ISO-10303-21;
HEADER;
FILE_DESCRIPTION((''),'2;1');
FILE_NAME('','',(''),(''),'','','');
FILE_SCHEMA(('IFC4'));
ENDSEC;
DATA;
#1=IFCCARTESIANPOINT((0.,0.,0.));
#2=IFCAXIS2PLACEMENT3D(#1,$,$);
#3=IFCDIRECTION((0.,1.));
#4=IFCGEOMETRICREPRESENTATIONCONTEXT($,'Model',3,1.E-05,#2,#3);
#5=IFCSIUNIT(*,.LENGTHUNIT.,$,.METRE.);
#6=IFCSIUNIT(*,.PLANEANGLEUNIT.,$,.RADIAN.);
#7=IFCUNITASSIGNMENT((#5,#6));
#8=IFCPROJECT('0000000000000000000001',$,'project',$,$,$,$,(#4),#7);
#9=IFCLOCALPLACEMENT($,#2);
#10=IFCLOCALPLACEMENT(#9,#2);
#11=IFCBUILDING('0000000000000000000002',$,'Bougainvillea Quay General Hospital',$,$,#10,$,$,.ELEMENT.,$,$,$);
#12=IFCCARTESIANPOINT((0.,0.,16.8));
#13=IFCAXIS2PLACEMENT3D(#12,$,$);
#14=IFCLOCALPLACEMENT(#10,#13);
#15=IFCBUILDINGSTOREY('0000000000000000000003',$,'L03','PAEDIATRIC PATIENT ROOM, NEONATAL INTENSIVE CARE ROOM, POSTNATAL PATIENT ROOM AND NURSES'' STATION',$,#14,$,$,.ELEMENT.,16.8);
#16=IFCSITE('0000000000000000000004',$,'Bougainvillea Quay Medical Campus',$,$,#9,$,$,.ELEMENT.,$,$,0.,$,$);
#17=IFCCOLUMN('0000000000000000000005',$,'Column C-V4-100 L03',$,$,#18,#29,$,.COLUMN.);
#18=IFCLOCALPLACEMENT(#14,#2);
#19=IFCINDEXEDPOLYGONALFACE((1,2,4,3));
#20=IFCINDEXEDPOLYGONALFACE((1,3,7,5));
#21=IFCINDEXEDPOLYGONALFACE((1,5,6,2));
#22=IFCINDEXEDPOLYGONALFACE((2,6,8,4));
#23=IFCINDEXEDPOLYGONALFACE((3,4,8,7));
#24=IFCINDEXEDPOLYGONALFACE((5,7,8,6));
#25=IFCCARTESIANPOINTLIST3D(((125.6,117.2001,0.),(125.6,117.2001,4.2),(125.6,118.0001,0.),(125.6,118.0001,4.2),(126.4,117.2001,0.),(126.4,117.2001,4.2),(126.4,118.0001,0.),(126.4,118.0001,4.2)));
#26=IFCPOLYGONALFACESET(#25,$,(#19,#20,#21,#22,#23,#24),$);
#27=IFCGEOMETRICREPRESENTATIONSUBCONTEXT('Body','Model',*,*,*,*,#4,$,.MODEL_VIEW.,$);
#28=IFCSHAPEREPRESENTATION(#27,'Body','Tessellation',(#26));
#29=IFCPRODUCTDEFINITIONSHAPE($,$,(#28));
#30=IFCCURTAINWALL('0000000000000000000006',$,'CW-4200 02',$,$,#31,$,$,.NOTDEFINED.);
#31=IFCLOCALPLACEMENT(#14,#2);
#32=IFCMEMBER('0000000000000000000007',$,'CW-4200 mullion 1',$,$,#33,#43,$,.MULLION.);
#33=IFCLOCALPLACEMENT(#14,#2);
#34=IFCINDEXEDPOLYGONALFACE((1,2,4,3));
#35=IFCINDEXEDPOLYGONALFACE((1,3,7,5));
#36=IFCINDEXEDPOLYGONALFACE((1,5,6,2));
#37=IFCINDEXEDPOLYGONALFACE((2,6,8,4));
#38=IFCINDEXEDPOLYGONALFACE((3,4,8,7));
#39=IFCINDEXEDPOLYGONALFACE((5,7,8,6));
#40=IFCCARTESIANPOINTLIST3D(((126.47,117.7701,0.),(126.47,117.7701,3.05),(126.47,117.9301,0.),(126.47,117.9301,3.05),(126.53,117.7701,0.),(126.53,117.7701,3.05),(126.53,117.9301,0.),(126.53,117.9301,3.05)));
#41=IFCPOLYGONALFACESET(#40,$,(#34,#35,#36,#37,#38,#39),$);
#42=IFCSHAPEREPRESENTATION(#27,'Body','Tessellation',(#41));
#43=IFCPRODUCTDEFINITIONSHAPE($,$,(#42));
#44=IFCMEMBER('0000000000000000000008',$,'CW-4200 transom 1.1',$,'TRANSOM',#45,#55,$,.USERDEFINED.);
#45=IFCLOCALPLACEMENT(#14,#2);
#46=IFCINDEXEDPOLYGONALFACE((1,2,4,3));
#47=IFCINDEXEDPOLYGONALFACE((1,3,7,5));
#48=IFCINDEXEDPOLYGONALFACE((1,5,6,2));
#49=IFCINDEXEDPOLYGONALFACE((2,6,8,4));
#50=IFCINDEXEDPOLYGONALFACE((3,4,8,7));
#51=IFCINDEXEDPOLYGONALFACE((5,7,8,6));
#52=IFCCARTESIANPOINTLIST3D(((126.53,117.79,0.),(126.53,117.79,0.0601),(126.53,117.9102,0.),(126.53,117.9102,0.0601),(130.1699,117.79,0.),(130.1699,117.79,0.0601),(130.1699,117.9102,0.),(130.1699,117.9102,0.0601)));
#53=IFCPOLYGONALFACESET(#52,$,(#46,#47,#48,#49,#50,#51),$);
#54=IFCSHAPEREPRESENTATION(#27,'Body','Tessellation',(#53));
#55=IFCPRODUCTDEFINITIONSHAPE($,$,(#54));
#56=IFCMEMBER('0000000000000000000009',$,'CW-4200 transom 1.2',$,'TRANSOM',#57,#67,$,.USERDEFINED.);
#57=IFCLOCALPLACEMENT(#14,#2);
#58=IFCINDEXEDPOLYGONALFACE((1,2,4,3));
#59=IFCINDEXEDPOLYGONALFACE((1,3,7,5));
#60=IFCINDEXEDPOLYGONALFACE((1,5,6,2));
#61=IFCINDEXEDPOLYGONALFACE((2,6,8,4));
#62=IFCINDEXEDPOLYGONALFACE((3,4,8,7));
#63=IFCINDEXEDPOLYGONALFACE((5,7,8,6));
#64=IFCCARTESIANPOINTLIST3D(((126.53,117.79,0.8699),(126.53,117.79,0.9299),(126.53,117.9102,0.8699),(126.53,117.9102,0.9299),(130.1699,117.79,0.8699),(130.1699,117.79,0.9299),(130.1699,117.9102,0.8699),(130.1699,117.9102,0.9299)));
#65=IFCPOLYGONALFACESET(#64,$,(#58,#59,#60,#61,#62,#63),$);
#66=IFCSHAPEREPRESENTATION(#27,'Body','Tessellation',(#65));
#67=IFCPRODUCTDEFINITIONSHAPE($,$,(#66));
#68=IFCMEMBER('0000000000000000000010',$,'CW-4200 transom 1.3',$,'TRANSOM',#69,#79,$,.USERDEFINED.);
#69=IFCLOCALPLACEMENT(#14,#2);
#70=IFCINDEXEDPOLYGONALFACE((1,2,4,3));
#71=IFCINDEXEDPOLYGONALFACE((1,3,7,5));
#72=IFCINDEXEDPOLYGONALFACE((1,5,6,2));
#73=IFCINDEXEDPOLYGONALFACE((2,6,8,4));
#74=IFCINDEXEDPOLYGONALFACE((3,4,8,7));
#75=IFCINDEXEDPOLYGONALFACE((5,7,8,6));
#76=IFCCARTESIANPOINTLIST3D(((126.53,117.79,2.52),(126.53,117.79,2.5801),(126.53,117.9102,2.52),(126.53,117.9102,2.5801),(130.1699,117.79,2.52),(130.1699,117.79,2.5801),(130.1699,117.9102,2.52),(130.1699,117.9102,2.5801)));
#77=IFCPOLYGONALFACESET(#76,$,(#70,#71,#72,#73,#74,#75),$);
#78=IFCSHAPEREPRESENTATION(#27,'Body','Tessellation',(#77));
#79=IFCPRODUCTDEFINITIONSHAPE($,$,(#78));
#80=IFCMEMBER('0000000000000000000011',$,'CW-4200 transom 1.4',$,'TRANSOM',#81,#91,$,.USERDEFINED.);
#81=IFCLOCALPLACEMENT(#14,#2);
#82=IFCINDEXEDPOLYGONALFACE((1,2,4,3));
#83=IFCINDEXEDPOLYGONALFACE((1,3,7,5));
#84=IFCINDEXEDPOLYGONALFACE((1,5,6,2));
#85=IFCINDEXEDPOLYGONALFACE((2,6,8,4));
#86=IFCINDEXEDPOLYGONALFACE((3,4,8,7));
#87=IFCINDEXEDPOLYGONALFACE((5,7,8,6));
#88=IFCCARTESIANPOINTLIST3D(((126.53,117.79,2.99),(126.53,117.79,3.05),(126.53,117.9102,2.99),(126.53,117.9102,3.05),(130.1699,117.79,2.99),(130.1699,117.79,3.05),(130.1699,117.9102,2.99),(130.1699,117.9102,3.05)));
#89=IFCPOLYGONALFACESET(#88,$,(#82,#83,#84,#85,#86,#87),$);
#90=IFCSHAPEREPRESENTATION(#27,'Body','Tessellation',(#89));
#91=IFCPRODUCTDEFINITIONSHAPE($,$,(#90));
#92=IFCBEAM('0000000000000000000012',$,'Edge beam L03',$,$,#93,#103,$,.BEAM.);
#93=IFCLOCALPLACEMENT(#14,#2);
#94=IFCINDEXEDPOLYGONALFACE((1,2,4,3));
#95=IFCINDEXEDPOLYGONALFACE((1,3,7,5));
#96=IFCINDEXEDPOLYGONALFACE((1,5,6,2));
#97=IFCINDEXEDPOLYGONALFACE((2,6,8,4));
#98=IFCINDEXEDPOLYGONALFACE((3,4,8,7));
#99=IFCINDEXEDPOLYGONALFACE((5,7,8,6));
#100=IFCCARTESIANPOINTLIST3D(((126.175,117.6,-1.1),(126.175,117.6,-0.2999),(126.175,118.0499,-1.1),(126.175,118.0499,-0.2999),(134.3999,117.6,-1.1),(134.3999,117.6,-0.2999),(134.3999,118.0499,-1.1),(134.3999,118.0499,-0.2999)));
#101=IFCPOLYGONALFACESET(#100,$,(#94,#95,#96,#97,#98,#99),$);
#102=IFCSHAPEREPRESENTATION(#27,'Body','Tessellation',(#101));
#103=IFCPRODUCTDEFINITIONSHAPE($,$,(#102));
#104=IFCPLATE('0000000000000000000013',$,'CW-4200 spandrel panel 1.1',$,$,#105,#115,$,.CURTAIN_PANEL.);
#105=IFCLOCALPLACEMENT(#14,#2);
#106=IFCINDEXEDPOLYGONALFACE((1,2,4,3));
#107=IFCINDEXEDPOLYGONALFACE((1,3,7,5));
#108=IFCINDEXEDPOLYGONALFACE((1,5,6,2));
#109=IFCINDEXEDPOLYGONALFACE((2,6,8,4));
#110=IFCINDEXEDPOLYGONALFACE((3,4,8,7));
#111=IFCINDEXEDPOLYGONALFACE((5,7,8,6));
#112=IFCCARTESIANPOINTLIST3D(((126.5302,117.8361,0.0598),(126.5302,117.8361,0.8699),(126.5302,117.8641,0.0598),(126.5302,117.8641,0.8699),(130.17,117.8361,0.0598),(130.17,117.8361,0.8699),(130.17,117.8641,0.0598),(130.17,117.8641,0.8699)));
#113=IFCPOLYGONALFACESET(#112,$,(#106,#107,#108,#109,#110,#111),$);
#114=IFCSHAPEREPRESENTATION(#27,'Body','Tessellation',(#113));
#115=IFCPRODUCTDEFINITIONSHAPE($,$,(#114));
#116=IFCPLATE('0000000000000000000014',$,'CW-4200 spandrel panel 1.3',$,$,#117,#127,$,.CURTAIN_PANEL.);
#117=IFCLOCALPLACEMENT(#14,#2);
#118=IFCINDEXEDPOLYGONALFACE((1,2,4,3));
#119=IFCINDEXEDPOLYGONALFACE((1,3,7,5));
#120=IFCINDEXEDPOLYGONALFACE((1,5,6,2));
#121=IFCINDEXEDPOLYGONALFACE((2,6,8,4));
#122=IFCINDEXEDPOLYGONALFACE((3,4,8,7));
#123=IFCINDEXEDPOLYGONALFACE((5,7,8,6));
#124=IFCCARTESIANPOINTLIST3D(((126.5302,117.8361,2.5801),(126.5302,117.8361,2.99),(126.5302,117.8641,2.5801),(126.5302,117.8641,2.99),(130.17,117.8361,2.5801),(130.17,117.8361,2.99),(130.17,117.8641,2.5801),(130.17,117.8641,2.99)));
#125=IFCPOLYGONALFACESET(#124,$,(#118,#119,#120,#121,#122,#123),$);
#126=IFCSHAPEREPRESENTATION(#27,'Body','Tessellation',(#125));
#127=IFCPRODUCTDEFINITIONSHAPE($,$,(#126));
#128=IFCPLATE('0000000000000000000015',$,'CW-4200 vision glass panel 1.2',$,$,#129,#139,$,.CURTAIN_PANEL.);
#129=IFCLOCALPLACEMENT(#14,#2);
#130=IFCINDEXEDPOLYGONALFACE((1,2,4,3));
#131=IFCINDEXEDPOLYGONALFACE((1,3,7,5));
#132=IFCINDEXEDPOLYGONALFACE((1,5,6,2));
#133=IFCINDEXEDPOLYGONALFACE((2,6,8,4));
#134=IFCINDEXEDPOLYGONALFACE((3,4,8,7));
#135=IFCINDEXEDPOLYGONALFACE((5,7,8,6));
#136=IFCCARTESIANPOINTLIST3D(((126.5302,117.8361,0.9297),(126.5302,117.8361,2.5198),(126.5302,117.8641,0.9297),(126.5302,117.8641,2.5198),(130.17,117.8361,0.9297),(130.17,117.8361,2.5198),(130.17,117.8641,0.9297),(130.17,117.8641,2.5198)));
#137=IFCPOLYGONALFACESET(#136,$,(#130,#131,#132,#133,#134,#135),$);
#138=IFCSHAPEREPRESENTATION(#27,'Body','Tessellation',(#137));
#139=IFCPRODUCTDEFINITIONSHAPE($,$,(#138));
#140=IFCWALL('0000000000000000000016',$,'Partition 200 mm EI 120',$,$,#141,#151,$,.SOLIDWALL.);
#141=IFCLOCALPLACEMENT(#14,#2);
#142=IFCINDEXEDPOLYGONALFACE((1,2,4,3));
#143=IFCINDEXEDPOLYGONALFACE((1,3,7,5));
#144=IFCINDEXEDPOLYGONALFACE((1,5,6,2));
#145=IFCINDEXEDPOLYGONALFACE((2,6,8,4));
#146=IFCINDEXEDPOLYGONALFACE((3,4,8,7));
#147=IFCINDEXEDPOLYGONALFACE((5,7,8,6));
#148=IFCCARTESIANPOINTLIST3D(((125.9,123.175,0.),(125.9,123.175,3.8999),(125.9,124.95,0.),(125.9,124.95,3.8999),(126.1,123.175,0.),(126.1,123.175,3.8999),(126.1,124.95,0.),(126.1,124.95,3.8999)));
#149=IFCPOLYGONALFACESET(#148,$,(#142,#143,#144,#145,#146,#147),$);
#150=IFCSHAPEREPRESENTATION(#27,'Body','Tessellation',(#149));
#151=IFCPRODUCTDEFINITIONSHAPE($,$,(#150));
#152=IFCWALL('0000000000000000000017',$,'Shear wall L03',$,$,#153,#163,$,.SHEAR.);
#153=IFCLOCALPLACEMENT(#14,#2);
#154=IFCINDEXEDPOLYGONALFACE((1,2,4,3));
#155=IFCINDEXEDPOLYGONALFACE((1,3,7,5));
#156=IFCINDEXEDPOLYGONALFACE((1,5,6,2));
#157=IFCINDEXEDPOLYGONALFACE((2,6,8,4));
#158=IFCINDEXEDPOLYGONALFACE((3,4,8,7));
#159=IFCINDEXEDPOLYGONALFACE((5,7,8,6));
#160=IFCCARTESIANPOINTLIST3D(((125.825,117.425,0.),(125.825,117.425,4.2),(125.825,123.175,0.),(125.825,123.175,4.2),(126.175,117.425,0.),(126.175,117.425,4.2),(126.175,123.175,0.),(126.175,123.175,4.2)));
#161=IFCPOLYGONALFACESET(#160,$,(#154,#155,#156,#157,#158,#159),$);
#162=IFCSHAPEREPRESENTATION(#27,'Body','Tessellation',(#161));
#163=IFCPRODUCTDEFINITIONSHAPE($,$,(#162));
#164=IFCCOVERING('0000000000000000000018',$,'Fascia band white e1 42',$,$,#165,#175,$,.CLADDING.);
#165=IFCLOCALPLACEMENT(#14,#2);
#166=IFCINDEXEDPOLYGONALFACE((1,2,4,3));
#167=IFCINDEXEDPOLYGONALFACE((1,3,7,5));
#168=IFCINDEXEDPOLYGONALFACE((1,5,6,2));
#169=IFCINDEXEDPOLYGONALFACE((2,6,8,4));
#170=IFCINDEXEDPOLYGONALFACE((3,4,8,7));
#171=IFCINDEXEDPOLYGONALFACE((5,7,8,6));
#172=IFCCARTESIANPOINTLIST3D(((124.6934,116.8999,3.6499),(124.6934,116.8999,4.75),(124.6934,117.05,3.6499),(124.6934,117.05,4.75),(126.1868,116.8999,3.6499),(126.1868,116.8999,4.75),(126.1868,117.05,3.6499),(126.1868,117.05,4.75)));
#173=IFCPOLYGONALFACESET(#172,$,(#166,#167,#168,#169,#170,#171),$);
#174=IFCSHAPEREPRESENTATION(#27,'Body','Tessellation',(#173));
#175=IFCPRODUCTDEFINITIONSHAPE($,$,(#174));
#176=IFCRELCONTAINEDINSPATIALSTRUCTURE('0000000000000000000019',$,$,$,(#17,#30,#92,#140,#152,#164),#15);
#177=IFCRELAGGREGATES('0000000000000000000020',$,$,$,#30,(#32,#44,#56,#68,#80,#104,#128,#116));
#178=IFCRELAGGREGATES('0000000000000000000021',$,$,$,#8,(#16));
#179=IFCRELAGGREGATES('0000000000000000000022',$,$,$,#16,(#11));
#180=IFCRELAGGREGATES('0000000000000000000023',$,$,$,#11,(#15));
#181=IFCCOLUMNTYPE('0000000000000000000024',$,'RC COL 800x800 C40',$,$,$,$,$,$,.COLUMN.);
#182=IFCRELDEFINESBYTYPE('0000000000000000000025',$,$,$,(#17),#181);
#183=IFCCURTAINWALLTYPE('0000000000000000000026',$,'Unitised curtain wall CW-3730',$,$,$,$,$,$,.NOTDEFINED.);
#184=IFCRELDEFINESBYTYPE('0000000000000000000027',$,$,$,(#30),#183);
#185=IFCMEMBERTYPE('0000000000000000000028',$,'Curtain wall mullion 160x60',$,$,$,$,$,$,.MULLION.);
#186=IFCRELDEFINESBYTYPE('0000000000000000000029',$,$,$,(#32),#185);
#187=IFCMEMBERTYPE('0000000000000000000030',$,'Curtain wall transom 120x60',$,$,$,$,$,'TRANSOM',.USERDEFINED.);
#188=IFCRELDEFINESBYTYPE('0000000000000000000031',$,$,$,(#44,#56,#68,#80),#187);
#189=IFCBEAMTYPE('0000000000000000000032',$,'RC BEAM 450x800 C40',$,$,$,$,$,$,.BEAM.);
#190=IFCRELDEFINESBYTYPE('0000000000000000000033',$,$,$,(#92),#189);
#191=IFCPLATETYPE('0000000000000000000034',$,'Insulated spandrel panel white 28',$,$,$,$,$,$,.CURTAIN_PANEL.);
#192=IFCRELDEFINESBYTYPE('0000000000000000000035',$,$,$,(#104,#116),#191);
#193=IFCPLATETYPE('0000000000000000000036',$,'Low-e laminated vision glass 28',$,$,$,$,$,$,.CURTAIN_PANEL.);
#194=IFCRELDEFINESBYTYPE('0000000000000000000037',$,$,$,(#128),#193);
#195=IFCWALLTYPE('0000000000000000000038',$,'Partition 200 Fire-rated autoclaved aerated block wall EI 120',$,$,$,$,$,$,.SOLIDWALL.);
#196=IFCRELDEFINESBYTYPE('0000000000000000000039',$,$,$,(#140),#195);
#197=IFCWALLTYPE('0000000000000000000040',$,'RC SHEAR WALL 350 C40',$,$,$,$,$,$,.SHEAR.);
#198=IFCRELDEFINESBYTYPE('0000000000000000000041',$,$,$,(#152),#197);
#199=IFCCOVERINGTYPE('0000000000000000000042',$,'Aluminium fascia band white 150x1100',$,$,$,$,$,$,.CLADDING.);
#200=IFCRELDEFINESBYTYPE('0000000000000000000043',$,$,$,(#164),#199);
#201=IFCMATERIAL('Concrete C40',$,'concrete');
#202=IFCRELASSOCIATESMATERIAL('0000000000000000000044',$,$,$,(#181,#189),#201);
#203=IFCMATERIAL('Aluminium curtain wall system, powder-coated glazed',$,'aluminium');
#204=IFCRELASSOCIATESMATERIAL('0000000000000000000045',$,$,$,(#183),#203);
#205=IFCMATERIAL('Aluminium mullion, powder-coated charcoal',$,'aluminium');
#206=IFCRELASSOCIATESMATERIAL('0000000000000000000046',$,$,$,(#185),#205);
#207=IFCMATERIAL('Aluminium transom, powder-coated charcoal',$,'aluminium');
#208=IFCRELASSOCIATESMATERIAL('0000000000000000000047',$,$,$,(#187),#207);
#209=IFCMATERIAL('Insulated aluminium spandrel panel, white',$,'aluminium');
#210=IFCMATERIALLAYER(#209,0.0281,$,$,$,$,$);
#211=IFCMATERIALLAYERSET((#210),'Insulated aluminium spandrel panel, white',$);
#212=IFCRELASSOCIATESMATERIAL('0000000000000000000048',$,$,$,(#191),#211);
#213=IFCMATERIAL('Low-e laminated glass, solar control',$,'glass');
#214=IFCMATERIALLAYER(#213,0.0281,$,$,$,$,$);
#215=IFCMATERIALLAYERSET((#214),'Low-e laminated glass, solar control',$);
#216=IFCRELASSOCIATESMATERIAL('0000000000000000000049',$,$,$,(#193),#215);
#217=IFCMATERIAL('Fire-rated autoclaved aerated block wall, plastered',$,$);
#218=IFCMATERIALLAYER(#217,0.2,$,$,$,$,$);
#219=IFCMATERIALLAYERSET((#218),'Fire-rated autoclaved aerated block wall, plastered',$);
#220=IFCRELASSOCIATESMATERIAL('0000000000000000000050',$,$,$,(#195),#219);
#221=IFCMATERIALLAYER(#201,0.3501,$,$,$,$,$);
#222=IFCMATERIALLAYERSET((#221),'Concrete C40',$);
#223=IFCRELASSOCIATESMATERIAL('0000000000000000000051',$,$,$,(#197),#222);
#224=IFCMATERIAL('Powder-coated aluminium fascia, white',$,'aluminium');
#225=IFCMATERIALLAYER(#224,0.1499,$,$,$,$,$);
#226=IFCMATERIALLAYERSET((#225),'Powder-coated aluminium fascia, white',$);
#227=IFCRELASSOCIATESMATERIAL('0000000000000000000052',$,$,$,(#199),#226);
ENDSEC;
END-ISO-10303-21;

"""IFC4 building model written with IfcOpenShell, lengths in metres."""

from ifc_helpers import new_model, si_unit, direction, frame, frame_2d, origin, origin_2d, place, context, subcontext, project, spatial, polyline, rectangle, outline, extrude, material, layer, layer_set, material_profile, profile_set, type_object, element, aggregate, save


model = new_model("IFC4")

# Units and contexts
model_context = context("Model", 3, precision=1e-05, world=origin(), true_north=direction((0.0, 1.0)))
body_context = subcontext(model_context, "Body", "Model", "MODEL_VIEW")
ifc_project = project(units=[si_unit("LENGTHUNIT", "METRE"), si_unit("PLANEANGLEUNIT", "RADIAN")], contexts=[model_context])

# Site, building, storey
site_placement = place(None, origin())
site = spatial("IfcSite", under=ifc_project, at=site_placement, Name="Bougainvillea Quay Medical Campus", CompositionType="ELEMENT", RefElevation=0.0)
building_placement = place(site_placement, origin())
building = spatial("IfcBuilding", under=site, at=building_placement, Name="Bougainvillea Quay General Hospital", CompositionType="ELEMENT")
storey_placement = place(building_placement, frame((0.0, 0.0, 16.8)))
storey = spatial("IfcBuildingStorey", under=building, at=storey_placement, Name="L03", Description="PAEDIATRIC PATIENT ROOM, NEONATAL INTENSIVE CARE ROOM, POSTNATAL PATIENT ROOM AND NURSES' STATION", CompositionType="ELEMENT", Elevation=16.8)

# Column
ifc_material_1 = material(Name="Concrete C40", Category="concrete")
ifc_material_profile_1 = material_profile(ifc_material_1, rectangle(XDim=0.8, YDim=0.8, at=origin_2d()))
ifc_profile_set_1 = profile_set([ifc_material_profile_1], Name="Concrete C40")
column_type = type_object("IfcColumnType", Name="RC COL 800x800 C40", PredefinedType="COLUMN", material=ifc_profile_set_1)
column_placement = place(storey_placement, frame((126.0, 117.6001, 0.0), z_axis=(0.0, 0.0, 1.0), x_axis=(1.0, 0.0, 0.0)))
element("IfcColumn", 1, at=column_placement, inside=storey, type_object=column_type, Name="Column C-V4-100 L03", PredefinedType="COLUMN", context=body_context, shape_type="SweptSolid", body=[
    extrude(rectangle(XDim=0.8, YDim=0.8, at=origin_2d()), origin(), (0.0, 0.0, 1.0), 4.2),
])

# Curtain wall, members
ifc_material_2 = material(Name="Aluminium curtain wall system, powder-coated glazed", Category="aluminium")
curtain_wall_type = type_object("IfcCurtainWallType", Name="Unitised curtain wall CW-3730", PredefinedType="NOTDEFINED", material=ifc_material_2)
curtain_wall_placement = place(storey_placement, origin())
curtain_wall = element("IfcCurtainWall", 2, at=curtain_wall_placement, inside=storey, type_object=curtain_wall_type, Name="CW-4200 02", PredefinedType="NOTDEFINED")
ifc_material_3 = material(Name="Aluminium mullion, powder-coated charcoal", Category="aluminium")
ifc_material_profile_2 = material_profile(ifc_material_3, rectangle(XDim=0.1599, YDim=0.0601, at=origin_2d()))
ifc_profile_set_2 = profile_set([ifc_material_profile_2], Name="Aluminium mullion, powder-coated charcoal")
member_type_1 = type_object("IfcMemberType", Name="Curtain wall mullion 160x60", PredefinedType="MULLION", material=ifc_profile_set_2)
member_1_placement = place(storey_placement, frame((126.5, 117.8501, 0.0), z_axis=(0.0, 0.0, 1.0), x_axis=(0.0, 1.0, 0.0)))
member_1 = element("IfcMember", 3, at=member_1_placement, type_object=member_type_1, Name="CW-4200 mullion 1", PredefinedType="MULLION", context=body_context, shape_type="SweptSolid", body=[
    extrude(rectangle(XDim=0.1599, YDim=0.0601, at=origin_2d()), origin(), (0.0, 0.0, 1.0), 3.05),
])
ifc_material_4 = material(Name="Aluminium transom, powder-coated charcoal", Category="aluminium")
ifc_material_profile_3 = material_profile(ifc_material_4, rectangle(XDim=0.1201, YDim=0.0601, at=origin_2d()))
ifc_profile_set_3 = profile_set([ifc_material_profile_3], Name="Aluminium transom, powder-coated charcoal")
member_type_2 = type_object("IfcMemberType", Name="Curtain wall transom 120x60", ElementType="TRANSOM", PredefinedType="USERDEFINED", material=ifc_profile_set_3)
member_2_placement = place(storey_placement, frame((126.53, 117.8501, 0.03), z_axis=(1.0, 0.0, 0.0), x_axis=(0.0, 1.0, 0.0)))
member_2 = element("IfcMember", 4, at=member_2_placement, type_object=member_type_2, Name="CW-4200 transom 1.1", ObjectType="TRANSOM", PredefinedType="USERDEFINED", context=body_context, shape_type="SweptSolid", body=[
    extrude(rectangle(XDim=0.1201, YDim=0.0601, at=origin_2d()), origin(), (0.0, 0.0, 1.0), 3.6399),
])
member_3_placement = place(storey_placement, frame((126.53, 117.8501, 0.8999), z_axis=(1.0, 0.0, 0.0), x_axis=(0.0, 1.0, 0.0)))
member_3 = element("IfcMember", 5, at=member_3_placement, type_object=member_type_2, Name="CW-4200 transom 1.2", ObjectType="TRANSOM", PredefinedType="USERDEFINED", context=body_context, shape_type="SweptSolid", body=[
    extrude(rectangle(XDim=0.1201, YDim=0.0601, at=origin_2d()), origin(), (0.0, 0.0, 1.0), 3.6399),
])
member_4_placement = place(storey_placement, frame((126.53, 117.8501, 2.55), z_axis=(1.0, 0.0, 0.0), x_axis=(0.0, 1.0, 0.0)))
member_4 = element("IfcMember", 6, at=member_4_placement, type_object=member_type_2, Name="CW-4200 transom 1.3", ObjectType="TRANSOM", PredefinedType="USERDEFINED", context=body_context, shape_type="SweptSolid", body=[
    extrude(rectangle(XDim=0.1201, YDim=0.0601, at=origin_2d()), origin(), (0.0, 0.0, 1.0), 3.6399),
])
member_5_placement = place(storey_placement, frame((126.53, 117.8501, 3.02), z_axis=(1.0, 0.0, 0.0), x_axis=(0.0, 1.0, 0.0)))
member_5 = element("IfcMember", 7, at=member_5_placement, type_object=member_type_2, Name="CW-4200 transom 1.4", ObjectType="TRANSOM", PredefinedType="USERDEFINED", context=body_context, shape_type="SweptSolid", body=[
    extrude(rectangle(XDim=0.1201, YDim=0.0601, at=origin_2d()), origin(), (0.0, 0.0, 1.0), 3.6399),
])

# Beam
ifc_material_profile_4 = material_profile(ifc_material_1, rectangle(XDim=0.45, YDim=0.8, at=origin_2d()))
ifc_profile_set_4 = profile_set([ifc_material_profile_4], Name="Concrete C40")
beam_type = type_object("IfcBeamType", Name="RC BEAM 450x800 C40", PredefinedType="BEAM", material=ifc_profile_set_4)
beam_placement = place(storey_placement, frame((126.175, 117.825, -0.7), z_axis=(1.0, 0.0, 0.0), x_axis=(0.0, 1.0, 0.0)))
element("IfcBeam", 8, at=beam_placement, inside=storey, type_object=beam_type, Name="Edge beam L03", PredefinedType="BEAM", context=body_context, shape_type="SweptSolid", body=[
    extrude(rectangle(XDim=0.45, YDim=0.8, at=origin_2d()), origin(), (0.0, 0.0, 1.0), 8.2249),
])

# Plates
ifc_material_5 = material(Name="Insulated aluminium spandrel panel, white", Category="aluminium")
ifc_layer_1 = layer(ifc_material_5, 0.0281)
ifc_layer_set_1 = layer_set([ifc_layer_1], Name="Insulated aluminium spandrel panel, white")
plate_type_1 = type_object("IfcPlateType", Name="Insulated spandrel panel white 28", PredefinedType="CURTAIN_PANEL", material=ifc_layer_set_1)
plate_1_placement = place(storey_placement, frame((128.3501, 117.8501, 0.0598), z_axis=(0.0, 0.0, 1.0), x_axis=(1.0, 0.0, 0.0)))
plate_1 = element("IfcPlate", 9, at=plate_1_placement, type_object=plate_type_1, Name="CW-4200 spandrel panel 1.1", PredefinedType="CURTAIN_PANEL", context=body_context, shape_type="SweptSolid", body=[
    extrude(rectangle(XDim=3.6399, YDim=0.0281, at=origin_2d()), origin(), (0.0, 0.0, 1.0), 0.8101),
])
plate_2_placement = place(storey_placement, frame((128.3501, 117.8501, 2.5801), z_axis=(0.0, 0.0, 1.0), x_axis=(1.0, 0.0, 0.0)))
plate_2 = element("IfcPlate", 10, at=plate_2_placement, type_object=plate_type_1, Name="CW-4200 spandrel panel 1.3", PredefinedType="CURTAIN_PANEL", context=body_context, shape_type="SweptSolid", body=[
    extrude(rectangle(XDim=3.6399, YDim=0.0281, at=origin_2d()), origin(), (0.0, 0.0, 1.0), 0.4099),
])
ifc_material_6 = material(Name="Low-e laminated glass, solar control", Category="glass")
ifc_layer_2 = layer(ifc_material_6, 0.0281)
ifc_layer_set_2 = layer_set([ifc_layer_2], Name="Low-e laminated glass, solar control")
plate_type_2 = type_object("IfcPlateType", Name="Low-e laminated vision glass 28", PredefinedType="CURTAIN_PANEL", material=ifc_layer_set_2)
plate_3_placement = place(storey_placement, frame((128.3501, 117.8501, 0.9297), z_axis=(0.0, 0.0, 1.0), x_axis=(1.0, 0.0, 0.0)))
plate_3 = element("IfcPlate", 11, at=plate_3_placement, type_object=plate_type_2, Name="CW-4200 vision glass panel 1.2", PredefinedType="CURTAIN_PANEL", context=body_context, shape_type="SweptSolid", body=[
    extrude(rectangle(XDim=3.6399, YDim=0.0281, at=origin_2d()), origin(), (0.0, 0.0, 1.0), 1.5901),
])
aggregate(curtain_wall, [member_1, member_2, member_3, member_4, member_5, plate_1, plate_3, plate_2])

# Walls
ifc_material_7 = material(Name="Fire-rated autoclaved aerated block wall, plastered")
ifc_layer_3 = layer(ifc_material_7, 0.2)
ifc_layer_set_3 = layer_set([ifc_layer_3], Name="Fire-rated autoclaved aerated block wall, plastered")
wall_type_1 = type_object("IfcWallType", Name="Partition 200 Fire-rated autoclaved aerated block wall EI 120", PredefinedType="SOLIDWALL", material=ifc_layer_set_3)
wall_1_placement = place(storey_placement, frame((126.0, 123.175, 0.0), z_axis=(0.0, 0.0, 1.0), x_axis=(0.0, 1.0, 0.0)))
element("IfcWall", 12, at=wall_1_placement, inside=storey, type_object=wall_type_1, Name="Partition 200 mm EI 120", PredefinedType="SOLIDWALL", context=body_context, shape_type="SweptSolid", body=[
    extrude(rectangle(XDim=1.7749, YDim=0.2, at=frame_2d((0.8875, 0.0))), origin(), (0.0, 0.0, 1.0), 3.8999),
])
ifc_layer_4 = layer(ifc_material_1, 0.3501)
ifc_layer_set_4 = layer_set([ifc_layer_4], Name="Concrete C40")
wall_type_2 = type_object("IfcWallType", Name="RC SHEAR WALL 350 C40", PredefinedType="SHEAR", material=ifc_layer_set_4)
wall_2_placement = place(storey_placement, frame((126.0, 117.425, 0.0), z_axis=(0.0, 0.0, 1.0), x_axis=(0.0, 1.0, 0.0)))
element("IfcWall", 13, at=wall_2_placement, inside=storey, type_object=wall_type_2, Name="Shear wall L03", PredefinedType="SHEAR", context=body_context, shape_type="SweptSolid", body=[
    extrude(rectangle(XDim=5.75, YDim=0.3501, at=frame_2d((2.875, 0.0))), origin(), (0.0, 0.0, 1.0), 4.2),
])

# Covering
ifc_material_8 = material(Name="Powder-coated aluminium fascia, white", Category="aluminium")
ifc_layer_5 = layer(ifc_material_8, 0.1499)
ifc_layer_set_5 = layer_set([ifc_layer_5], Name="Powder-coated aluminium fascia, white")
covering_type = type_object("IfcCoveringType", Name="Aluminium fascia band white 150x1100", PredefinedType="CLADDING", material=ifc_layer_set_5)
covering_1_placement = place(storey_placement, frame((124.6934, 117.05, 3.6499), z_axis=(0.0, 0.0, 1.0), x_axis=(1.0, 0.0, 0.0)))
element("IfcCovering", 14, at=covering_1_placement, inside=storey, type_object=covering_type, Name="Fascia band white e1 42", PredefinedType="CLADDING", context=body_context, shape_type="SweptSolid", body=[
    extrude(outline(polyline([(0.0, 0.0), (1.4934, 0.0), (1.4934, -0.1501), (0.0, -0.1501), (0.0, 0.0)])), origin(), (0.0, 0.0, 1.0), 1.1001),
])

save(model, "model.ifc")
